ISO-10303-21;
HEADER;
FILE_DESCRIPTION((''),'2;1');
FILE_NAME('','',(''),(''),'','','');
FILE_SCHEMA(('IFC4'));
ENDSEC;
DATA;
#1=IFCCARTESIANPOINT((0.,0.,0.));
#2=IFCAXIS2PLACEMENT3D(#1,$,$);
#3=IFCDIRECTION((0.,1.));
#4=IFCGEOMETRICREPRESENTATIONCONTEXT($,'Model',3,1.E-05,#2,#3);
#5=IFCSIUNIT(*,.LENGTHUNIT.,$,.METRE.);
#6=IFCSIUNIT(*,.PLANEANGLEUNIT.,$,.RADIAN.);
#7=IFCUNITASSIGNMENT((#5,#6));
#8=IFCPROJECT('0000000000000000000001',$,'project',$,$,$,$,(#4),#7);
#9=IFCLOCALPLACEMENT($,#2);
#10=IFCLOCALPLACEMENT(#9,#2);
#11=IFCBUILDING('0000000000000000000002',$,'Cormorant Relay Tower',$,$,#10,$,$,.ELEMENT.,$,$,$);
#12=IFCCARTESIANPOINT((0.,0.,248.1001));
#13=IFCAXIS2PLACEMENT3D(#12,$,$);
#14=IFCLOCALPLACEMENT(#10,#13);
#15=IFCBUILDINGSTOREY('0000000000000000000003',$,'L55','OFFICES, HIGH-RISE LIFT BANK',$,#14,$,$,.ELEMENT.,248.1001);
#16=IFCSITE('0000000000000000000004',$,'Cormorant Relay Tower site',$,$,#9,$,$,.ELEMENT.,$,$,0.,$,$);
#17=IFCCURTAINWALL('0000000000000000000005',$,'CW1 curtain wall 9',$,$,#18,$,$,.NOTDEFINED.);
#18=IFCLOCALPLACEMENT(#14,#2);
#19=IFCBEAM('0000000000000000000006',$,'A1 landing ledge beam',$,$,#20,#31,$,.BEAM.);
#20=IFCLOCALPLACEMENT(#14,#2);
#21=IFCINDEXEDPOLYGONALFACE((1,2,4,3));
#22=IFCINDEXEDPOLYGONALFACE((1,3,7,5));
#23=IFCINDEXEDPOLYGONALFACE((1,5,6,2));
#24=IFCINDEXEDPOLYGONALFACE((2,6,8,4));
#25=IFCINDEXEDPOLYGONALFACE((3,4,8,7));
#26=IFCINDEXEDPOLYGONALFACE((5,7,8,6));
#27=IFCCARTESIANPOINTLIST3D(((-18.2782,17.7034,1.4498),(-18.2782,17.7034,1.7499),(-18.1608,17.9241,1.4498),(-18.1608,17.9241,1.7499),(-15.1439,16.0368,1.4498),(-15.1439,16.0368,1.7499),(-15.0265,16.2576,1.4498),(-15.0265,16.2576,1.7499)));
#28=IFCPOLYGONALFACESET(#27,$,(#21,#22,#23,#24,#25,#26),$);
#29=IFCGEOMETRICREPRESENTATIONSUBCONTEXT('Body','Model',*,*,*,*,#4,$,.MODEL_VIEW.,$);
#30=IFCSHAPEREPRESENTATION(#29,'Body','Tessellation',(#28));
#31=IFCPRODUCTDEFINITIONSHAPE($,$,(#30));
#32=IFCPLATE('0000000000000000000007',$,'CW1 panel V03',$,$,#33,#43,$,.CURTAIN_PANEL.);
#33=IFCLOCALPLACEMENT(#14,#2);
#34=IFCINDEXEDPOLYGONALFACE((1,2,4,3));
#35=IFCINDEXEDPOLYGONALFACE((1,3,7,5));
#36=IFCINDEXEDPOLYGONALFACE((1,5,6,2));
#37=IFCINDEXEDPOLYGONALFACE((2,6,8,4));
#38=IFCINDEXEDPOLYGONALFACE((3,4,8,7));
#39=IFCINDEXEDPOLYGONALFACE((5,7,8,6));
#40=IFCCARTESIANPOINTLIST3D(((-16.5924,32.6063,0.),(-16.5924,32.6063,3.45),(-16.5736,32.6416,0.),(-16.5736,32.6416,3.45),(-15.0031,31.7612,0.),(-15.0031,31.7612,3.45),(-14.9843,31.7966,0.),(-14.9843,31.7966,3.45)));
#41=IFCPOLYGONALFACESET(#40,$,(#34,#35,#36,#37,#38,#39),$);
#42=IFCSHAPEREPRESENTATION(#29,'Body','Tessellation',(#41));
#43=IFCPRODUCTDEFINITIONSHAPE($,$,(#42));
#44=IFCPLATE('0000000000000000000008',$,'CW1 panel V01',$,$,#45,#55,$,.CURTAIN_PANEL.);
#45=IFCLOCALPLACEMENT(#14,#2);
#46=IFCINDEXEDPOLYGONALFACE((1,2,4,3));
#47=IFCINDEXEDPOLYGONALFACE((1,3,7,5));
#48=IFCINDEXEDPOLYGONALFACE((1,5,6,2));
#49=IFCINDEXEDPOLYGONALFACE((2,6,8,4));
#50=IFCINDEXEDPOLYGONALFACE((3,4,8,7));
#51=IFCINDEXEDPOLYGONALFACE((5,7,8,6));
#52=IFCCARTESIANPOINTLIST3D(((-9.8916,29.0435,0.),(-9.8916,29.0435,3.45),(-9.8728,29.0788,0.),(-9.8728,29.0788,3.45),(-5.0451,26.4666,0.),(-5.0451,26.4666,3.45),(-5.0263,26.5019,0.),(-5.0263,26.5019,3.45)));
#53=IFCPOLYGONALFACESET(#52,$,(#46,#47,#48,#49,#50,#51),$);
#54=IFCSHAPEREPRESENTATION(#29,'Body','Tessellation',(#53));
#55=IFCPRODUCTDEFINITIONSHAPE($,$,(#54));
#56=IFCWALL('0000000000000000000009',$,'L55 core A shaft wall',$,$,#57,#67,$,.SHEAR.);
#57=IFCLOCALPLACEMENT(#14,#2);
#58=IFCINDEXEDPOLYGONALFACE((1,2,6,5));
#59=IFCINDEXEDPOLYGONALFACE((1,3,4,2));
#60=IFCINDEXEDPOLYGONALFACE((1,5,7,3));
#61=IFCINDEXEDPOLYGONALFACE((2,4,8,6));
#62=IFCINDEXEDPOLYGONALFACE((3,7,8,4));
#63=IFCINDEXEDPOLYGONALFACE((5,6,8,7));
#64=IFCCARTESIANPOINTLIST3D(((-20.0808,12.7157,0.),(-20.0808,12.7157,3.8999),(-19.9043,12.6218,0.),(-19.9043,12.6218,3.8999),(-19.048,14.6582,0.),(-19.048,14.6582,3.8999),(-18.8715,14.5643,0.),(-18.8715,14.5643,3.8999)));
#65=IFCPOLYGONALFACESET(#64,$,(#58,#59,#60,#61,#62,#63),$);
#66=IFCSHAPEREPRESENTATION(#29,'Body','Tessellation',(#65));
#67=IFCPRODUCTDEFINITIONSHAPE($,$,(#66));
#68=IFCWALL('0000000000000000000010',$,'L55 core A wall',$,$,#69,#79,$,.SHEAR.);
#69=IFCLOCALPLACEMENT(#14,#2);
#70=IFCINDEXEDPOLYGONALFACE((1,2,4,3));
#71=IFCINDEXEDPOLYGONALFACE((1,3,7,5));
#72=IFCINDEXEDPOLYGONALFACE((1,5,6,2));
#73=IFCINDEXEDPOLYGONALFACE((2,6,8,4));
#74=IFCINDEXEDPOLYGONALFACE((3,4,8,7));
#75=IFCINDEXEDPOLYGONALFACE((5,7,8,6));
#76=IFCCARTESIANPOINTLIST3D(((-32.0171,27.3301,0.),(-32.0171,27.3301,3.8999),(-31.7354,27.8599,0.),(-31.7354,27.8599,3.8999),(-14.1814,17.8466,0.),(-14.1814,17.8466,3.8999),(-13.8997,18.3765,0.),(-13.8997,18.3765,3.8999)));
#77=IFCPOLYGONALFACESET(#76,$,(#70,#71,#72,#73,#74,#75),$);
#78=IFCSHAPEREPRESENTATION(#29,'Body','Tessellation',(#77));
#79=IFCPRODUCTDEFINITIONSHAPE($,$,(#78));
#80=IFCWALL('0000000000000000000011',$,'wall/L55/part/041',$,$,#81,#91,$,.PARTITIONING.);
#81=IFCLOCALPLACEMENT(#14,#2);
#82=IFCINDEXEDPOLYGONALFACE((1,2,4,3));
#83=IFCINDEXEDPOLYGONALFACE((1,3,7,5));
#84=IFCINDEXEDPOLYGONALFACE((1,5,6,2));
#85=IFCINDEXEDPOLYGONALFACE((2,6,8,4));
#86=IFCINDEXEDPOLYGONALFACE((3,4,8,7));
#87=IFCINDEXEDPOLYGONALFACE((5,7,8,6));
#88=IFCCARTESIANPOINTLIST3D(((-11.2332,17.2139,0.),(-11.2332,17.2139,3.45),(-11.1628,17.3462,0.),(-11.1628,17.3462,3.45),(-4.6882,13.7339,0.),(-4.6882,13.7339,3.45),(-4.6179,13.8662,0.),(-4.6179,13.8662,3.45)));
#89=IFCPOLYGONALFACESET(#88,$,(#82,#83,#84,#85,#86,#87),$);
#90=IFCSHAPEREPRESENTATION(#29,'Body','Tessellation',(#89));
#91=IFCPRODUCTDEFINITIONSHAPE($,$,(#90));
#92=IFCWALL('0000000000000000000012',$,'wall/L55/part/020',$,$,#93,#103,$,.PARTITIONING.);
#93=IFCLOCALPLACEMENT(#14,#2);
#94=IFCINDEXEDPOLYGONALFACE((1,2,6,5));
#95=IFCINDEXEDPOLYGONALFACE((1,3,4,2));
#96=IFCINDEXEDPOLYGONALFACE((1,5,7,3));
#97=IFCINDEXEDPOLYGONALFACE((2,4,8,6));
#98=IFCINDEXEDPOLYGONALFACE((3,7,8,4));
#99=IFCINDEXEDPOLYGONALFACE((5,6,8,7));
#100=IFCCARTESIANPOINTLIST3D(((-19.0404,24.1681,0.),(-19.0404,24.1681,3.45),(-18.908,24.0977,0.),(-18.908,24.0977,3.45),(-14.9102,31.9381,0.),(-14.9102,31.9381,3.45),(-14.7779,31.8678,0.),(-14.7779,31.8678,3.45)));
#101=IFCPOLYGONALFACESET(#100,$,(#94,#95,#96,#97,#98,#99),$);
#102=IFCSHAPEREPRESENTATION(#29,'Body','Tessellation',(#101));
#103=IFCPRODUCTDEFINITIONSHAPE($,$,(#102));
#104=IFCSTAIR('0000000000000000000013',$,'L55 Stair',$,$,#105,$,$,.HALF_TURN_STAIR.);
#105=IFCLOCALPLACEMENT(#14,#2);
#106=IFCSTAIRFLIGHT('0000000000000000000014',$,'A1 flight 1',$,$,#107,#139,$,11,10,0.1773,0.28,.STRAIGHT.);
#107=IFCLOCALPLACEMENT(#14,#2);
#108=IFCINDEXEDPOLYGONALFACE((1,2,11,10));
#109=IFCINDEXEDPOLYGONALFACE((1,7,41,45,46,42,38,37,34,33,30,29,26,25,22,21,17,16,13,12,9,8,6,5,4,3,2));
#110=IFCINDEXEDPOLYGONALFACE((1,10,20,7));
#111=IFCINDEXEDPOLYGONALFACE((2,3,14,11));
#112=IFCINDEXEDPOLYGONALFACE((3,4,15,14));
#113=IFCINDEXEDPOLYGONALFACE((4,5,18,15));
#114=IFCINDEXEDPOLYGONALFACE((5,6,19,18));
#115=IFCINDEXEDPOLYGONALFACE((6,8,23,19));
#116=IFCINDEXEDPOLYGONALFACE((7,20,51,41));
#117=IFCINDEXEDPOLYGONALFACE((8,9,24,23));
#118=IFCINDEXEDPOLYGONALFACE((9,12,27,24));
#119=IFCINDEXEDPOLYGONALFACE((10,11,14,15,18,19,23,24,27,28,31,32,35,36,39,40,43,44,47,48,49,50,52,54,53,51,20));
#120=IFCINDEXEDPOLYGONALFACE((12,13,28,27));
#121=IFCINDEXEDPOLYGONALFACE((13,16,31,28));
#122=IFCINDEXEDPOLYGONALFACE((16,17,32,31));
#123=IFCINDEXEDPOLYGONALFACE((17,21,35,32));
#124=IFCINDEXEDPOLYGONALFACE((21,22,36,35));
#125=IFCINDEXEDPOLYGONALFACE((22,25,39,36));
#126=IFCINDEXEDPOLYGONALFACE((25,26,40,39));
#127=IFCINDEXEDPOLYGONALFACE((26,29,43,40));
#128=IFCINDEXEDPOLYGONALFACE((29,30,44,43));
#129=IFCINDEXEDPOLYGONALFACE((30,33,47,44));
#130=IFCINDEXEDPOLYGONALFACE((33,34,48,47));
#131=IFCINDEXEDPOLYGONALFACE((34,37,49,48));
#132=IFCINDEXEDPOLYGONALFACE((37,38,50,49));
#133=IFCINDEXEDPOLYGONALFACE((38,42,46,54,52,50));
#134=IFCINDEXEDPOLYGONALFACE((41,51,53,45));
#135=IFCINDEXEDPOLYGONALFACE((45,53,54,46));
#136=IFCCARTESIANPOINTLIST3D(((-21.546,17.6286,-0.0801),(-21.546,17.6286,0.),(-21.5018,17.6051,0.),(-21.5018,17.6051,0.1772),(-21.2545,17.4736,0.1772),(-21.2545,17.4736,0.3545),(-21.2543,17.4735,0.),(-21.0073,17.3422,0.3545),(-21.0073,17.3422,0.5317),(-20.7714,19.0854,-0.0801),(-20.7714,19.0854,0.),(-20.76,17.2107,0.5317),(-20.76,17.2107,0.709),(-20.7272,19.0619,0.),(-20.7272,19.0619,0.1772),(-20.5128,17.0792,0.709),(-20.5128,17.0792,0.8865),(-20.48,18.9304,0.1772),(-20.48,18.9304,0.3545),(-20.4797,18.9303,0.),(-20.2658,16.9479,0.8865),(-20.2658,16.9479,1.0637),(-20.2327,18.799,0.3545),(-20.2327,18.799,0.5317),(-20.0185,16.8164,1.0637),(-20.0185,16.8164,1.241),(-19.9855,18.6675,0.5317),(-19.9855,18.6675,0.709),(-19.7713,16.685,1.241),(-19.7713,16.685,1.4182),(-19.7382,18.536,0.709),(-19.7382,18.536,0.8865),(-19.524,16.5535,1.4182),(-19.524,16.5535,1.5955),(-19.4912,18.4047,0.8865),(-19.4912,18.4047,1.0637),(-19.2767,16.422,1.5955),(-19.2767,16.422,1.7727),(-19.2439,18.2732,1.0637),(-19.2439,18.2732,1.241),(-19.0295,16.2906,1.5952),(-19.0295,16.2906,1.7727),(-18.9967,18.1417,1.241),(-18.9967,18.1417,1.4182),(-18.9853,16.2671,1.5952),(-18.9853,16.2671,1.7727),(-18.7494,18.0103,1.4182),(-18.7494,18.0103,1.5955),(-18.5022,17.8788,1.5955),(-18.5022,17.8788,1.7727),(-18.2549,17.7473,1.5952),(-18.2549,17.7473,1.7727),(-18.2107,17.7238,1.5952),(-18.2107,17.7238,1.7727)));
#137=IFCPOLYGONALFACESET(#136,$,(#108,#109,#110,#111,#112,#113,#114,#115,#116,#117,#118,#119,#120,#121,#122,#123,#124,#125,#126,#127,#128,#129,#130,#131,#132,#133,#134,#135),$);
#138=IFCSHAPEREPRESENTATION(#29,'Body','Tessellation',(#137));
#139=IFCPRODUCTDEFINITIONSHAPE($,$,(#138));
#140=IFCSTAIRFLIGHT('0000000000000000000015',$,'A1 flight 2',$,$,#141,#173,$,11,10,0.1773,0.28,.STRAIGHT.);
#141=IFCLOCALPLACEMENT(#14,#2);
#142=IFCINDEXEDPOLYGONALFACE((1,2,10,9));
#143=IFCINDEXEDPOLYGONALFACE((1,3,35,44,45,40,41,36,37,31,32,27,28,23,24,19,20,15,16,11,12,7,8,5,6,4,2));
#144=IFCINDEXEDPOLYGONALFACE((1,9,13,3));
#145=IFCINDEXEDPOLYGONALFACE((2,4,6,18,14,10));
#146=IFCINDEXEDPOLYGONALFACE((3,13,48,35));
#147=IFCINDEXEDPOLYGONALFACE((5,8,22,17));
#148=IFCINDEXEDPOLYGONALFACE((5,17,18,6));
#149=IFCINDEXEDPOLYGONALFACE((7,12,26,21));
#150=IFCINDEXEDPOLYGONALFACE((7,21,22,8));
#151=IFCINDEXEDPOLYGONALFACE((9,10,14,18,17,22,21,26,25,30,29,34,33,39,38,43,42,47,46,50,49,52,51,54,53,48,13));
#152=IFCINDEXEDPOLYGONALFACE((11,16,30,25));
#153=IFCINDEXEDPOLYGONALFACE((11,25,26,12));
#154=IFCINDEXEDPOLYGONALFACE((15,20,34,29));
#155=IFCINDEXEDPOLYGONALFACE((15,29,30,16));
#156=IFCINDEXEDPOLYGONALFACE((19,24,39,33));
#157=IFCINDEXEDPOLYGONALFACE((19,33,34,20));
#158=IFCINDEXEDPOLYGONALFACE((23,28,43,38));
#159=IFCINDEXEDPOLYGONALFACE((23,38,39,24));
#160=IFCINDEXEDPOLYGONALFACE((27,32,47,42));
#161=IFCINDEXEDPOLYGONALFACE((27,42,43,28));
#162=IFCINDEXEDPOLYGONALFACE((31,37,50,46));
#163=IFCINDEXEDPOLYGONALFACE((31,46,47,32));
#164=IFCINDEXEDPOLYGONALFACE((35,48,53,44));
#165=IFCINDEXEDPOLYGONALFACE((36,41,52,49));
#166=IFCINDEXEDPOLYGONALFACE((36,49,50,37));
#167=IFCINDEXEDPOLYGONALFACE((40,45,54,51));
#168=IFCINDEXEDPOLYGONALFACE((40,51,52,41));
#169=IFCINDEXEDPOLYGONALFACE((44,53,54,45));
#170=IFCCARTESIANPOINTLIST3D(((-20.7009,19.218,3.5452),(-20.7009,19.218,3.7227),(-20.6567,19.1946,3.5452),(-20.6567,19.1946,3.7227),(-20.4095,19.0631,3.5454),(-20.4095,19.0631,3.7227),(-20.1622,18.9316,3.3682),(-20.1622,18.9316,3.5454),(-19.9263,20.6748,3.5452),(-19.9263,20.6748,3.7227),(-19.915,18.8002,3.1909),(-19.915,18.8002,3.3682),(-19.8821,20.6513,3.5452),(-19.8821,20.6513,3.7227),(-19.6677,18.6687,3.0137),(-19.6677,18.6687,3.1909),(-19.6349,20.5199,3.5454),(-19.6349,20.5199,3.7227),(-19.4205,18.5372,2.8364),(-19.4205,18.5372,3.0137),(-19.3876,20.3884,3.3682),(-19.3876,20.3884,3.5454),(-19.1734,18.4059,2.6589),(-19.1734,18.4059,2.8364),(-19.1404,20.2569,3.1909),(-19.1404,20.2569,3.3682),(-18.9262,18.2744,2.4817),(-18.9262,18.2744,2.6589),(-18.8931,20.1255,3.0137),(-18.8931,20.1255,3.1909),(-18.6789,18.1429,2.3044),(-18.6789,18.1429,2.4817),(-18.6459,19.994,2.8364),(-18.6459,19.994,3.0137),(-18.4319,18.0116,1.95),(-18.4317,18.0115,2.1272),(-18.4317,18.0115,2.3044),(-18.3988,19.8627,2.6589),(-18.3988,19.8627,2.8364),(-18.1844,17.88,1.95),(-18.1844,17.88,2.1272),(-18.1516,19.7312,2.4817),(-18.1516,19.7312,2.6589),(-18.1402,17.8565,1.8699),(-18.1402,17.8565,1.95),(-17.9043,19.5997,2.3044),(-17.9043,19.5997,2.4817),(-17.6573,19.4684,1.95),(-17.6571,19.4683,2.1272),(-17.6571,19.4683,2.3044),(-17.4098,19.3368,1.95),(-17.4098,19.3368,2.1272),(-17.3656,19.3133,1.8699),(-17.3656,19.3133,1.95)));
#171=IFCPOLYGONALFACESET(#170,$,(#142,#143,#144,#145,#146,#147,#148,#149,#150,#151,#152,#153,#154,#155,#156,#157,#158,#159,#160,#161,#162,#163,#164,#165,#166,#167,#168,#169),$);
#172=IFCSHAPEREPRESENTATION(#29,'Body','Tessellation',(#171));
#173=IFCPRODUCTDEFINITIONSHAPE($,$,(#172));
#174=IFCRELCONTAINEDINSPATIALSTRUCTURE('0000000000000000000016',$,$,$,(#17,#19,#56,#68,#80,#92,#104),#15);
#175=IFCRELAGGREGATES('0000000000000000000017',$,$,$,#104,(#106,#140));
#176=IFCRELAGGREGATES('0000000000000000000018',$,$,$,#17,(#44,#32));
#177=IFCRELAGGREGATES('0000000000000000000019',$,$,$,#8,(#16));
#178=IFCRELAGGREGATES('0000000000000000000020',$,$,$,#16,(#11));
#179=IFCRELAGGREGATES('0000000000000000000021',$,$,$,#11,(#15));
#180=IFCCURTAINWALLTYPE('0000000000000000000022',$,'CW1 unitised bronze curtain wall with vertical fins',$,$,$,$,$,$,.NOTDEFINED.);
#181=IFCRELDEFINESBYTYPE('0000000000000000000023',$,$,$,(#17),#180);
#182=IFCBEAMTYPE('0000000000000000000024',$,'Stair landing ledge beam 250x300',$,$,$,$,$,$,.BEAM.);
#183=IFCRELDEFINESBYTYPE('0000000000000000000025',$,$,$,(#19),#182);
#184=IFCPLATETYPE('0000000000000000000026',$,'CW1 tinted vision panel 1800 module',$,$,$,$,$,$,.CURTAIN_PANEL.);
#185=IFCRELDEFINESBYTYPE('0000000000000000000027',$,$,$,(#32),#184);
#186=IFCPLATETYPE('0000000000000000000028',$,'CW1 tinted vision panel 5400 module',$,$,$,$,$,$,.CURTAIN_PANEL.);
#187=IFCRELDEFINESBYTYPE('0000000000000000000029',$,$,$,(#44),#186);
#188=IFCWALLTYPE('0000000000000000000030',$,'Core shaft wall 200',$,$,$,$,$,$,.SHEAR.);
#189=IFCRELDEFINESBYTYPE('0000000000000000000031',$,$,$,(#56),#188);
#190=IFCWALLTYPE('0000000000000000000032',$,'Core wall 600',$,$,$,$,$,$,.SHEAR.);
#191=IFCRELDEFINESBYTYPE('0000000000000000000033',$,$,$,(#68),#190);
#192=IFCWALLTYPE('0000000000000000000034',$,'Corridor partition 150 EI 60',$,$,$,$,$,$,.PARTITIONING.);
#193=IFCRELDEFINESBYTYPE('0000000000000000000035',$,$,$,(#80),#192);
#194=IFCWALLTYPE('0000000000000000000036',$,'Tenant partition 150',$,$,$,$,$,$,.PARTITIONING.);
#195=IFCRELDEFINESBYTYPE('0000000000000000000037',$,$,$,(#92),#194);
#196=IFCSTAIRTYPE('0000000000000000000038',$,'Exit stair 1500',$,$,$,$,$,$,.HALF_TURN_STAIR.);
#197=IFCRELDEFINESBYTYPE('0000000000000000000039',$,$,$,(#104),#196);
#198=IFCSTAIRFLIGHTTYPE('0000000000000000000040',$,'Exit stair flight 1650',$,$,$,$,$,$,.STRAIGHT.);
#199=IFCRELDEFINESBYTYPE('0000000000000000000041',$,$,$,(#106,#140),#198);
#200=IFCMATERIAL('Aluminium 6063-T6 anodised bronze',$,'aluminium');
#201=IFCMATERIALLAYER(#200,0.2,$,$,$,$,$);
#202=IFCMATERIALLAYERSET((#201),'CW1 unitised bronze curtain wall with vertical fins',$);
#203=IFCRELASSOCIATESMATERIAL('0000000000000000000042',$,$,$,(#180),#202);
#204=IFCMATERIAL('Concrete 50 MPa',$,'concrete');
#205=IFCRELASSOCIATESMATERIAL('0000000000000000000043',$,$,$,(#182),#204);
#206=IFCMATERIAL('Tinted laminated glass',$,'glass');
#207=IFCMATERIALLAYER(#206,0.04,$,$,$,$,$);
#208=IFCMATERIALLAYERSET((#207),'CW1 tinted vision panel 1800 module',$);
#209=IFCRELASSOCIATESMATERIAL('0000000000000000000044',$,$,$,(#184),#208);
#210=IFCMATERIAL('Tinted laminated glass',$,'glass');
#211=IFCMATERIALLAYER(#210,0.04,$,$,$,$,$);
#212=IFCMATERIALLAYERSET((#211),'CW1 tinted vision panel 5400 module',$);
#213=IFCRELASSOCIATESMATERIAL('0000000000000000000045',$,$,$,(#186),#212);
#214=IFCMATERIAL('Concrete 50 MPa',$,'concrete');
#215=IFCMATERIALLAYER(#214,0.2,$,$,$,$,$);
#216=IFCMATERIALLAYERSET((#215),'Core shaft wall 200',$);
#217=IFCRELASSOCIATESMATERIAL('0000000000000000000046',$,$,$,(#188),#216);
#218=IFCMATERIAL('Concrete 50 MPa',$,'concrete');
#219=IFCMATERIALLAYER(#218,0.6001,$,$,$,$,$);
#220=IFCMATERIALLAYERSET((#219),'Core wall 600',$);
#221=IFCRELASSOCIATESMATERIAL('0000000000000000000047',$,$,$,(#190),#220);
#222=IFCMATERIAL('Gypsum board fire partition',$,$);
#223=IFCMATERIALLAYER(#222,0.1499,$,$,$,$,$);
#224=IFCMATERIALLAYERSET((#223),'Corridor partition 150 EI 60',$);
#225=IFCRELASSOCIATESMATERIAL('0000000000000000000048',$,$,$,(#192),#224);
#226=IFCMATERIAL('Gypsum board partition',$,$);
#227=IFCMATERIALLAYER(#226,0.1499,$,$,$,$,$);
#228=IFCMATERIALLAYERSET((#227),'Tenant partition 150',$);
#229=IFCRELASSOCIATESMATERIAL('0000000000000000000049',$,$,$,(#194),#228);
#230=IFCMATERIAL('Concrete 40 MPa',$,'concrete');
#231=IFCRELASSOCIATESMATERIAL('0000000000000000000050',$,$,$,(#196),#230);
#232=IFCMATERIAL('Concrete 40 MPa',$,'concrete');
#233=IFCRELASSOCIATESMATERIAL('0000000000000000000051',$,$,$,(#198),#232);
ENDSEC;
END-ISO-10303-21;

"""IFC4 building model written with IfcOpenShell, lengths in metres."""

from ifc_helpers import new_model, si_unit, direction, frame, frame_2d, origin, origin_2d, place, context, subcontext, project, spatial, polyline, rectangle, outline, extrude, material, layer, layer_set, material_profile, profile_set, type_object, element, aggregate, save


model = new_model("IFC4")

# Units and contexts
model_context = context("Model", 3, precision=1e-05, world=origin(), true_north=direction((0.0, 1.0)))
body_context = subcontext(model_context, "Body", "Model", "MODEL_VIEW")
ifc_project = project(units=[si_unit("LENGTHUNIT", "METRE"), si_unit("PLANEANGLEUNIT", "RADIAN")], contexts=[model_context])

# Site, building, storey
site_placement = place(None, origin())
site = spatial("IfcSite", under=ifc_project, at=site_placement, Name="Cormorant Relay Tower site", CompositionType="ELEMENT", RefElevation=0.0)
building_placement = place(site_placement, origin())
building = spatial("IfcBuilding", under=site, at=building_placement, Name="Cormorant Relay Tower", CompositionType="ELEMENT")
storey_placement = place(building_placement, frame((0.0, 0.0, 248.1001)))
storey = spatial("IfcBuildingStorey", under=building, at=storey_placement, Name="L55", Description="OFFICES, HIGH-RISE LIFT BANK", CompositionType="ELEMENT", Elevation=248.1001)

# Curtain wall
ifc_material_1 = material(Name="Aluminium 6063-T6 anodised bronze", Category="aluminium")
ifc_layer_1 = layer(ifc_material_1, 0.2)
ifc_layer_set_1 = layer_set([ifc_layer_1], Name="CW1 unitised bronze curtain wall with vertical fins")
curtain_wall_type = type_object("IfcCurtainWallType", Name="CW1 unitised bronze curtain wall with vertical fins", PredefinedType="NOTDEFINED", material=ifc_layer_set_1)
curtain_wall_placement = place(storey_placement, origin())
curtain_wall = element("IfcCurtainWall", 1, at=curtain_wall_placement, inside=storey, type_object=curtain_wall_type, Name="CW1 curtain wall 9", PredefinedType="NOTDEFINED")

# Beam
ifc_material_2 = material(Name="Concrete 50 MPa", Category="concrete")
ifc_material_profile_1 = material_profile(ifc_material_2, rectangle(XDim=0.25, YDim=0.3, at=origin_2d()), Name="RC 250x300")
ifc_profile_set_1 = profile_set([ifc_material_profile_1], Name="Concrete 50 MPa")
beam_type_1 = type_object("IfcBeamType", Name="Stair landing ledge beam 250x300", PredefinedType="BEAM", material=ifc_profile_set_1)
beam_1_placement = place(storey_placement, frame((-18.2195, 17.8137, 1.5999), z_axis=(0.88295, -0.469467, 0.0), x_axis=(0.469467, 0.88295, 0.0)))
element("IfcBeam", 2, at=beam_1_placement, inside=storey, type_object=beam_type_1, Name="A1 landing ledge beam", PredefinedType="BEAM", context=body_context, shape_type="SweptSolid", body=[
    extrude(rectangle(XDim=0.25, YDim=0.3, at=origin_2d()), origin(), (0.0, 0.0, 1.0), 3.5498),
])

# Plates
ifc_material_3 = material(Name="Tinted laminated glass", Category="glass")
ifc_layer_2 = layer(ifc_material_3, 0.04)
ifc_layer_set_2 = layer_set([ifc_layer_2], Name="CW1 tinted vision panel 1800 module")
plate_type_1 = type_object("IfcPlateType", Name="CW1 tinted vision panel 1800 module", PredefinedType="CURTAIN_PANEL", material=ifc_layer_set_2)
plate_1_placement = place(storey_placement, frame((-15.7883, 32.2014, 0.0), z_axis=(0.0, 0.0, 1.0), x_axis=(-0.882948, 0.469472, 0.0)))
plate_1 = element("IfcPlate", 3, at=plate_1_placement, type_object=plate_type_1, Name="CW1 panel V03", PredefinedType="CURTAIN_PANEL", context=body_context, shape_type="SweptSolid", body=[
    extrude(rectangle(XDim=1.8, YDim=0.04, at=origin_2d()), origin(), (0.0, 0.0, 1.0), 3.45),
])
ifc_material_4 = material(Name="Tinted laminated glass", Category="glass")
ifc_layer_3 = layer(ifc_material_4, 0.04)
ifc_layer_set_3 = layer_set([ifc_layer_3], Name="CW1 tinted vision panel 5400 module")
plate_type_2 = type_object("IfcPlateType", Name="CW1 tinted vision panel 5400 module", PredefinedType="CURTAIN_PANEL", material=ifc_layer_set_3)
plate_2_placement = place(storey_placement, frame((-7.459, 27.7727, 0.0), z_axis=(0.0, 0.0, 1.0), x_axis=(-0.882948, 0.469472, 0.0)))
plate_2 = element("IfcPlate", 4, at=plate_2_placement, type_object=plate_type_2, Name="CW1 panel V01", PredefinedType="CURTAIN_PANEL", context=body_context, shape_type="SweptSolid", body=[
    extrude(rectangle(XDim=5.489, YDim=0.04, at=origin_2d()), origin(), (0.0, 0.0, 1.0), 3.45),
])

# Wall
ifc_material_5 = material(Name="Concrete 50 MPa", Category="concrete")
ifc_layer_4 = layer(ifc_material_5, 0.2)
ifc_layer_set_4 = layer_set([ifc_layer_4], Name="Core shaft wall 200")
wall_type_1 = type_object("IfcWallType", Name="Core shaft wall 200", PredefinedType="SHEAR", material=ifc_layer_set_4)
wall_1_placement = place(storey_placement, frame((-18.9597, 14.6113, 0.0), z_axis=(0.0, 0.0, 1.0), x_axis=(-0.469447, -0.88296, 0.0)))
element("IfcWall", 5, at=wall_1_placement, inside=storey, type_object=wall_type_1, Name="L55 core A shaft wall", PredefinedType="SHEAR", context=body_context, shape_type="SweptSolid", body=[
    extrude(rectangle(XDim=2.2, YDim=0.2, at=frame_2d((1.1001, 0.0))), origin(), (0.0, 0.0, 1.0), 3.8999),
])

# Shared definitions
ifc_material_6 = material(Name="Concrete 50 MPa", Category="concrete")
ifc_layer_5 = layer(ifc_material_6, 0.6001)
ifc_layer_set_5 = layer_set([ifc_layer_5], Name="Core wall 600")
wall_type_2 = type_object("IfcWallType", Name="Core wall 600", PredefinedType="SHEAR", material=ifc_layer_set_5)

# Walls
wall_2_placement = place(storey_placement, frame((-14.0405, 18.1116, 0.0), z_axis=(0.0, 0.0, 1.0), x_axis=(-0.882948, 0.469471, 0.0)))
element("IfcWall", 6, at=wall_2_placement, inside=storey, type_object=wall_type_2, Name="L55 core A wall", PredefinedType="SHEAR", context=body_context, shape_type="SweptSolid", body=[
    extrude(rectangle(XDim=20.2002, YDim=0.6001, at=frame_2d((10.1001, 0.0))), origin(), (0.0, 0.0, 1.0), 3.8999),
])
ifc_material_7 = material(Name="Gypsum board fire partition")
ifc_layer_6 = layer(ifc_material_7, 0.1499)
ifc_layer_set_6 = layer_set([ifc_layer_6], Name="Corridor partition 150 EI 60")
wall_type_3 = type_object("IfcWallType", Name="Corridor partition 150 EI 60", PredefinedType="PARTITIONING", material=ifc_layer_set_6)
wall_3_placement = place(storey_placement, frame((-11.198, 17.28, 0.0), z_axis=(0.0, 0.0, 1.0), x_axis=(0.882948, -0.46947, 0.0)))
element("IfcWall", 7, at=wall_3_placement, inside=storey, type_object=wall_type_3, Name="wall/L55/part/041", PredefinedType="PARTITIONING", context=body_context, shape_type="SweptSolid", body=[
    extrude(rectangle(XDim=7.4126, YDim=0.1499, at=frame_2d((3.7063, 0.0))), origin(), (0.0, 0.0, 1.0), 3.45),
])
ifc_material_8 = material(Name="Gypsum board partition")
ifc_layer_7 = layer(ifc_material_8, 0.1499)
ifc_layer_set_7 = layer_set([ifc_layer_7], Name="Tenant partition 150")
wall_type_4 = type_object("IfcWallType", Name="Tenant partition 150", PredefinedType="PARTITIONING", material=ifc_layer_set_7)
wall_4_placement = place(storey_placement, frame((-14.844, 31.9031, 0.0), z_axis=(0.0, 0.0, 1.0), x_axis=(-0.469359, -0.883007, 0.0)))
element("IfcWall", 8, at=wall_4_placement, inside=storey, type_object=wall_type_4, Name="wall/L55/part/020", PredefinedType="PARTITIONING", context=body_context, shape_type="SweptSolid", body=[
    extrude(rectangle(XDim=8.7996, YDim=0.1499, at=frame_2d((4.3999, 0.0))), origin(), (0.0, 0.0, 1.0), 3.45),
])

# Stair, stair flights
ifc_material_9 = material(Name="Concrete 40 MPa", Category="concrete")
stair_type = type_object("IfcStairType", Name="Exit stair 1500", PredefinedType="HALF_TURN_STAIR", material=ifc_material_9)
stair_placement = place(storey_placement, origin())
stair = element("IfcStair", 9, at=stair_placement, inside=storey, type_object=stair_type, Name="L55 Stair", PredefinedType="HALF_TURN_STAIR")
ifc_material_10 = material(Name="Concrete 40 MPa", Category="concrete")
stair_flight_type = type_object("IfcStairFlightType", Name="Exit stair flight 1650", PredefinedType="STRAIGHT", material=ifc_material_10)
stair_flight_1_placement = place(storey_placement, frame((-21.1145, 18.3335, 0.0), z_axis=(0.0, 0.0, 1.0), x_axis=(0.882948, -0.469472, 0.0)))
stair_flight_1 = element("IfcStairFlight", 10, at=stair_flight_1_placement, type_object=stair_flight_type, Name="A1 flight 1", NumberOfRisers=11, NumberOfTreads=10, PredefinedType="STRAIGHT", RiserHeight=0.1773, TreadLength=0.28, context=body_context, shape_type="SweptSolid", body=[
    extrude(outline(polyline([(-0.05, -0.0801), (-0.05, 0.0), (0.0, 0.0), (0.0, 0.1772), (0.28, 0.1772), (0.28, 0.3545), (0.5601, 0.3545), (0.5601, 0.5317), (0.8401, 0.5317), (0.8401, 0.709), (1.1201, 0.709), (1.1201, 0.8865), (1.3999, 0.8865), (1.3999, 1.0637), (1.6799, 1.0637), (1.6799, 1.241), (1.96, 1.241), (1.96, 1.4182), (2.24, 1.4182), (2.24, 1.5955), (2.52, 1.5955), (2.52, 1.7727), (2.8, 1.7727), (2.8501, 1.7727), (2.8501, 1.5952), (2.8, 1.5952), (0.2803, 0.0), (-0.05, -0.0801)])), frame((0.0, 0.825, 0.0), z_axis=(0.0, -1.0, 0.0), x_axis=(1.0, 0.0, 0.0)), (0.0, 0.0, 1.0), 1.6499),
])
stair_flight_2_placement = place(storey_placement, frame((-17.7971, 18.6084, 1.95), z_axis=(0.0, 0.0, 1.0), x_axis=(-0.882948, 0.469472, 0.0)))
stair_flight_2 = element("IfcStairFlight", 11, at=stair_flight_2_placement, type_object=stair_flight_type, Name="A1 flight 2", NumberOfRisers=11, NumberOfTreads=10, PredefinedType="STRAIGHT", RiserHeight=0.1773, TreadLength=0.28, context=body_context, shape_type="SweptSolid", body=[
    extrude(outline(polyline([(-0.05, -0.0801), (-0.05, 0.0), (0.0, 0.0), (0.0, 0.1772), (0.28, 0.1772), (0.28, 0.3545), (0.5601, 0.3545), (0.5601, 0.5317), (0.8401, 0.5317), (0.8401, 0.709), (1.1201, 0.709), (1.1201, 0.8865), (1.3999, 0.8865), (1.3999, 1.0637), (1.6799, 1.0637), (1.6799, 1.241), (1.96, 1.241), (1.96, 1.4182), (2.24, 1.4182), (2.24, 1.5955), (2.52, 1.5955), (2.52, 1.7727), (2.8, 1.7727), (2.8501, 1.7727), (2.8501, 1.5952), (2.8, 1.5952), (0.2803, 0.0), (-0.05, -0.0801)])), frame((0.0, 0.825, 0.0), z_axis=(0.0, -1.0, 0.0), x_axis=(1.0, 0.0, 0.0)), (0.0, 0.0, 1.0), 1.6499),
])
aggregate(stair, [stair_flight_1, stair_flight_2])

aggregate(curtain_wall, [plate_2, plate_1])

save(model, "model.ifc")
